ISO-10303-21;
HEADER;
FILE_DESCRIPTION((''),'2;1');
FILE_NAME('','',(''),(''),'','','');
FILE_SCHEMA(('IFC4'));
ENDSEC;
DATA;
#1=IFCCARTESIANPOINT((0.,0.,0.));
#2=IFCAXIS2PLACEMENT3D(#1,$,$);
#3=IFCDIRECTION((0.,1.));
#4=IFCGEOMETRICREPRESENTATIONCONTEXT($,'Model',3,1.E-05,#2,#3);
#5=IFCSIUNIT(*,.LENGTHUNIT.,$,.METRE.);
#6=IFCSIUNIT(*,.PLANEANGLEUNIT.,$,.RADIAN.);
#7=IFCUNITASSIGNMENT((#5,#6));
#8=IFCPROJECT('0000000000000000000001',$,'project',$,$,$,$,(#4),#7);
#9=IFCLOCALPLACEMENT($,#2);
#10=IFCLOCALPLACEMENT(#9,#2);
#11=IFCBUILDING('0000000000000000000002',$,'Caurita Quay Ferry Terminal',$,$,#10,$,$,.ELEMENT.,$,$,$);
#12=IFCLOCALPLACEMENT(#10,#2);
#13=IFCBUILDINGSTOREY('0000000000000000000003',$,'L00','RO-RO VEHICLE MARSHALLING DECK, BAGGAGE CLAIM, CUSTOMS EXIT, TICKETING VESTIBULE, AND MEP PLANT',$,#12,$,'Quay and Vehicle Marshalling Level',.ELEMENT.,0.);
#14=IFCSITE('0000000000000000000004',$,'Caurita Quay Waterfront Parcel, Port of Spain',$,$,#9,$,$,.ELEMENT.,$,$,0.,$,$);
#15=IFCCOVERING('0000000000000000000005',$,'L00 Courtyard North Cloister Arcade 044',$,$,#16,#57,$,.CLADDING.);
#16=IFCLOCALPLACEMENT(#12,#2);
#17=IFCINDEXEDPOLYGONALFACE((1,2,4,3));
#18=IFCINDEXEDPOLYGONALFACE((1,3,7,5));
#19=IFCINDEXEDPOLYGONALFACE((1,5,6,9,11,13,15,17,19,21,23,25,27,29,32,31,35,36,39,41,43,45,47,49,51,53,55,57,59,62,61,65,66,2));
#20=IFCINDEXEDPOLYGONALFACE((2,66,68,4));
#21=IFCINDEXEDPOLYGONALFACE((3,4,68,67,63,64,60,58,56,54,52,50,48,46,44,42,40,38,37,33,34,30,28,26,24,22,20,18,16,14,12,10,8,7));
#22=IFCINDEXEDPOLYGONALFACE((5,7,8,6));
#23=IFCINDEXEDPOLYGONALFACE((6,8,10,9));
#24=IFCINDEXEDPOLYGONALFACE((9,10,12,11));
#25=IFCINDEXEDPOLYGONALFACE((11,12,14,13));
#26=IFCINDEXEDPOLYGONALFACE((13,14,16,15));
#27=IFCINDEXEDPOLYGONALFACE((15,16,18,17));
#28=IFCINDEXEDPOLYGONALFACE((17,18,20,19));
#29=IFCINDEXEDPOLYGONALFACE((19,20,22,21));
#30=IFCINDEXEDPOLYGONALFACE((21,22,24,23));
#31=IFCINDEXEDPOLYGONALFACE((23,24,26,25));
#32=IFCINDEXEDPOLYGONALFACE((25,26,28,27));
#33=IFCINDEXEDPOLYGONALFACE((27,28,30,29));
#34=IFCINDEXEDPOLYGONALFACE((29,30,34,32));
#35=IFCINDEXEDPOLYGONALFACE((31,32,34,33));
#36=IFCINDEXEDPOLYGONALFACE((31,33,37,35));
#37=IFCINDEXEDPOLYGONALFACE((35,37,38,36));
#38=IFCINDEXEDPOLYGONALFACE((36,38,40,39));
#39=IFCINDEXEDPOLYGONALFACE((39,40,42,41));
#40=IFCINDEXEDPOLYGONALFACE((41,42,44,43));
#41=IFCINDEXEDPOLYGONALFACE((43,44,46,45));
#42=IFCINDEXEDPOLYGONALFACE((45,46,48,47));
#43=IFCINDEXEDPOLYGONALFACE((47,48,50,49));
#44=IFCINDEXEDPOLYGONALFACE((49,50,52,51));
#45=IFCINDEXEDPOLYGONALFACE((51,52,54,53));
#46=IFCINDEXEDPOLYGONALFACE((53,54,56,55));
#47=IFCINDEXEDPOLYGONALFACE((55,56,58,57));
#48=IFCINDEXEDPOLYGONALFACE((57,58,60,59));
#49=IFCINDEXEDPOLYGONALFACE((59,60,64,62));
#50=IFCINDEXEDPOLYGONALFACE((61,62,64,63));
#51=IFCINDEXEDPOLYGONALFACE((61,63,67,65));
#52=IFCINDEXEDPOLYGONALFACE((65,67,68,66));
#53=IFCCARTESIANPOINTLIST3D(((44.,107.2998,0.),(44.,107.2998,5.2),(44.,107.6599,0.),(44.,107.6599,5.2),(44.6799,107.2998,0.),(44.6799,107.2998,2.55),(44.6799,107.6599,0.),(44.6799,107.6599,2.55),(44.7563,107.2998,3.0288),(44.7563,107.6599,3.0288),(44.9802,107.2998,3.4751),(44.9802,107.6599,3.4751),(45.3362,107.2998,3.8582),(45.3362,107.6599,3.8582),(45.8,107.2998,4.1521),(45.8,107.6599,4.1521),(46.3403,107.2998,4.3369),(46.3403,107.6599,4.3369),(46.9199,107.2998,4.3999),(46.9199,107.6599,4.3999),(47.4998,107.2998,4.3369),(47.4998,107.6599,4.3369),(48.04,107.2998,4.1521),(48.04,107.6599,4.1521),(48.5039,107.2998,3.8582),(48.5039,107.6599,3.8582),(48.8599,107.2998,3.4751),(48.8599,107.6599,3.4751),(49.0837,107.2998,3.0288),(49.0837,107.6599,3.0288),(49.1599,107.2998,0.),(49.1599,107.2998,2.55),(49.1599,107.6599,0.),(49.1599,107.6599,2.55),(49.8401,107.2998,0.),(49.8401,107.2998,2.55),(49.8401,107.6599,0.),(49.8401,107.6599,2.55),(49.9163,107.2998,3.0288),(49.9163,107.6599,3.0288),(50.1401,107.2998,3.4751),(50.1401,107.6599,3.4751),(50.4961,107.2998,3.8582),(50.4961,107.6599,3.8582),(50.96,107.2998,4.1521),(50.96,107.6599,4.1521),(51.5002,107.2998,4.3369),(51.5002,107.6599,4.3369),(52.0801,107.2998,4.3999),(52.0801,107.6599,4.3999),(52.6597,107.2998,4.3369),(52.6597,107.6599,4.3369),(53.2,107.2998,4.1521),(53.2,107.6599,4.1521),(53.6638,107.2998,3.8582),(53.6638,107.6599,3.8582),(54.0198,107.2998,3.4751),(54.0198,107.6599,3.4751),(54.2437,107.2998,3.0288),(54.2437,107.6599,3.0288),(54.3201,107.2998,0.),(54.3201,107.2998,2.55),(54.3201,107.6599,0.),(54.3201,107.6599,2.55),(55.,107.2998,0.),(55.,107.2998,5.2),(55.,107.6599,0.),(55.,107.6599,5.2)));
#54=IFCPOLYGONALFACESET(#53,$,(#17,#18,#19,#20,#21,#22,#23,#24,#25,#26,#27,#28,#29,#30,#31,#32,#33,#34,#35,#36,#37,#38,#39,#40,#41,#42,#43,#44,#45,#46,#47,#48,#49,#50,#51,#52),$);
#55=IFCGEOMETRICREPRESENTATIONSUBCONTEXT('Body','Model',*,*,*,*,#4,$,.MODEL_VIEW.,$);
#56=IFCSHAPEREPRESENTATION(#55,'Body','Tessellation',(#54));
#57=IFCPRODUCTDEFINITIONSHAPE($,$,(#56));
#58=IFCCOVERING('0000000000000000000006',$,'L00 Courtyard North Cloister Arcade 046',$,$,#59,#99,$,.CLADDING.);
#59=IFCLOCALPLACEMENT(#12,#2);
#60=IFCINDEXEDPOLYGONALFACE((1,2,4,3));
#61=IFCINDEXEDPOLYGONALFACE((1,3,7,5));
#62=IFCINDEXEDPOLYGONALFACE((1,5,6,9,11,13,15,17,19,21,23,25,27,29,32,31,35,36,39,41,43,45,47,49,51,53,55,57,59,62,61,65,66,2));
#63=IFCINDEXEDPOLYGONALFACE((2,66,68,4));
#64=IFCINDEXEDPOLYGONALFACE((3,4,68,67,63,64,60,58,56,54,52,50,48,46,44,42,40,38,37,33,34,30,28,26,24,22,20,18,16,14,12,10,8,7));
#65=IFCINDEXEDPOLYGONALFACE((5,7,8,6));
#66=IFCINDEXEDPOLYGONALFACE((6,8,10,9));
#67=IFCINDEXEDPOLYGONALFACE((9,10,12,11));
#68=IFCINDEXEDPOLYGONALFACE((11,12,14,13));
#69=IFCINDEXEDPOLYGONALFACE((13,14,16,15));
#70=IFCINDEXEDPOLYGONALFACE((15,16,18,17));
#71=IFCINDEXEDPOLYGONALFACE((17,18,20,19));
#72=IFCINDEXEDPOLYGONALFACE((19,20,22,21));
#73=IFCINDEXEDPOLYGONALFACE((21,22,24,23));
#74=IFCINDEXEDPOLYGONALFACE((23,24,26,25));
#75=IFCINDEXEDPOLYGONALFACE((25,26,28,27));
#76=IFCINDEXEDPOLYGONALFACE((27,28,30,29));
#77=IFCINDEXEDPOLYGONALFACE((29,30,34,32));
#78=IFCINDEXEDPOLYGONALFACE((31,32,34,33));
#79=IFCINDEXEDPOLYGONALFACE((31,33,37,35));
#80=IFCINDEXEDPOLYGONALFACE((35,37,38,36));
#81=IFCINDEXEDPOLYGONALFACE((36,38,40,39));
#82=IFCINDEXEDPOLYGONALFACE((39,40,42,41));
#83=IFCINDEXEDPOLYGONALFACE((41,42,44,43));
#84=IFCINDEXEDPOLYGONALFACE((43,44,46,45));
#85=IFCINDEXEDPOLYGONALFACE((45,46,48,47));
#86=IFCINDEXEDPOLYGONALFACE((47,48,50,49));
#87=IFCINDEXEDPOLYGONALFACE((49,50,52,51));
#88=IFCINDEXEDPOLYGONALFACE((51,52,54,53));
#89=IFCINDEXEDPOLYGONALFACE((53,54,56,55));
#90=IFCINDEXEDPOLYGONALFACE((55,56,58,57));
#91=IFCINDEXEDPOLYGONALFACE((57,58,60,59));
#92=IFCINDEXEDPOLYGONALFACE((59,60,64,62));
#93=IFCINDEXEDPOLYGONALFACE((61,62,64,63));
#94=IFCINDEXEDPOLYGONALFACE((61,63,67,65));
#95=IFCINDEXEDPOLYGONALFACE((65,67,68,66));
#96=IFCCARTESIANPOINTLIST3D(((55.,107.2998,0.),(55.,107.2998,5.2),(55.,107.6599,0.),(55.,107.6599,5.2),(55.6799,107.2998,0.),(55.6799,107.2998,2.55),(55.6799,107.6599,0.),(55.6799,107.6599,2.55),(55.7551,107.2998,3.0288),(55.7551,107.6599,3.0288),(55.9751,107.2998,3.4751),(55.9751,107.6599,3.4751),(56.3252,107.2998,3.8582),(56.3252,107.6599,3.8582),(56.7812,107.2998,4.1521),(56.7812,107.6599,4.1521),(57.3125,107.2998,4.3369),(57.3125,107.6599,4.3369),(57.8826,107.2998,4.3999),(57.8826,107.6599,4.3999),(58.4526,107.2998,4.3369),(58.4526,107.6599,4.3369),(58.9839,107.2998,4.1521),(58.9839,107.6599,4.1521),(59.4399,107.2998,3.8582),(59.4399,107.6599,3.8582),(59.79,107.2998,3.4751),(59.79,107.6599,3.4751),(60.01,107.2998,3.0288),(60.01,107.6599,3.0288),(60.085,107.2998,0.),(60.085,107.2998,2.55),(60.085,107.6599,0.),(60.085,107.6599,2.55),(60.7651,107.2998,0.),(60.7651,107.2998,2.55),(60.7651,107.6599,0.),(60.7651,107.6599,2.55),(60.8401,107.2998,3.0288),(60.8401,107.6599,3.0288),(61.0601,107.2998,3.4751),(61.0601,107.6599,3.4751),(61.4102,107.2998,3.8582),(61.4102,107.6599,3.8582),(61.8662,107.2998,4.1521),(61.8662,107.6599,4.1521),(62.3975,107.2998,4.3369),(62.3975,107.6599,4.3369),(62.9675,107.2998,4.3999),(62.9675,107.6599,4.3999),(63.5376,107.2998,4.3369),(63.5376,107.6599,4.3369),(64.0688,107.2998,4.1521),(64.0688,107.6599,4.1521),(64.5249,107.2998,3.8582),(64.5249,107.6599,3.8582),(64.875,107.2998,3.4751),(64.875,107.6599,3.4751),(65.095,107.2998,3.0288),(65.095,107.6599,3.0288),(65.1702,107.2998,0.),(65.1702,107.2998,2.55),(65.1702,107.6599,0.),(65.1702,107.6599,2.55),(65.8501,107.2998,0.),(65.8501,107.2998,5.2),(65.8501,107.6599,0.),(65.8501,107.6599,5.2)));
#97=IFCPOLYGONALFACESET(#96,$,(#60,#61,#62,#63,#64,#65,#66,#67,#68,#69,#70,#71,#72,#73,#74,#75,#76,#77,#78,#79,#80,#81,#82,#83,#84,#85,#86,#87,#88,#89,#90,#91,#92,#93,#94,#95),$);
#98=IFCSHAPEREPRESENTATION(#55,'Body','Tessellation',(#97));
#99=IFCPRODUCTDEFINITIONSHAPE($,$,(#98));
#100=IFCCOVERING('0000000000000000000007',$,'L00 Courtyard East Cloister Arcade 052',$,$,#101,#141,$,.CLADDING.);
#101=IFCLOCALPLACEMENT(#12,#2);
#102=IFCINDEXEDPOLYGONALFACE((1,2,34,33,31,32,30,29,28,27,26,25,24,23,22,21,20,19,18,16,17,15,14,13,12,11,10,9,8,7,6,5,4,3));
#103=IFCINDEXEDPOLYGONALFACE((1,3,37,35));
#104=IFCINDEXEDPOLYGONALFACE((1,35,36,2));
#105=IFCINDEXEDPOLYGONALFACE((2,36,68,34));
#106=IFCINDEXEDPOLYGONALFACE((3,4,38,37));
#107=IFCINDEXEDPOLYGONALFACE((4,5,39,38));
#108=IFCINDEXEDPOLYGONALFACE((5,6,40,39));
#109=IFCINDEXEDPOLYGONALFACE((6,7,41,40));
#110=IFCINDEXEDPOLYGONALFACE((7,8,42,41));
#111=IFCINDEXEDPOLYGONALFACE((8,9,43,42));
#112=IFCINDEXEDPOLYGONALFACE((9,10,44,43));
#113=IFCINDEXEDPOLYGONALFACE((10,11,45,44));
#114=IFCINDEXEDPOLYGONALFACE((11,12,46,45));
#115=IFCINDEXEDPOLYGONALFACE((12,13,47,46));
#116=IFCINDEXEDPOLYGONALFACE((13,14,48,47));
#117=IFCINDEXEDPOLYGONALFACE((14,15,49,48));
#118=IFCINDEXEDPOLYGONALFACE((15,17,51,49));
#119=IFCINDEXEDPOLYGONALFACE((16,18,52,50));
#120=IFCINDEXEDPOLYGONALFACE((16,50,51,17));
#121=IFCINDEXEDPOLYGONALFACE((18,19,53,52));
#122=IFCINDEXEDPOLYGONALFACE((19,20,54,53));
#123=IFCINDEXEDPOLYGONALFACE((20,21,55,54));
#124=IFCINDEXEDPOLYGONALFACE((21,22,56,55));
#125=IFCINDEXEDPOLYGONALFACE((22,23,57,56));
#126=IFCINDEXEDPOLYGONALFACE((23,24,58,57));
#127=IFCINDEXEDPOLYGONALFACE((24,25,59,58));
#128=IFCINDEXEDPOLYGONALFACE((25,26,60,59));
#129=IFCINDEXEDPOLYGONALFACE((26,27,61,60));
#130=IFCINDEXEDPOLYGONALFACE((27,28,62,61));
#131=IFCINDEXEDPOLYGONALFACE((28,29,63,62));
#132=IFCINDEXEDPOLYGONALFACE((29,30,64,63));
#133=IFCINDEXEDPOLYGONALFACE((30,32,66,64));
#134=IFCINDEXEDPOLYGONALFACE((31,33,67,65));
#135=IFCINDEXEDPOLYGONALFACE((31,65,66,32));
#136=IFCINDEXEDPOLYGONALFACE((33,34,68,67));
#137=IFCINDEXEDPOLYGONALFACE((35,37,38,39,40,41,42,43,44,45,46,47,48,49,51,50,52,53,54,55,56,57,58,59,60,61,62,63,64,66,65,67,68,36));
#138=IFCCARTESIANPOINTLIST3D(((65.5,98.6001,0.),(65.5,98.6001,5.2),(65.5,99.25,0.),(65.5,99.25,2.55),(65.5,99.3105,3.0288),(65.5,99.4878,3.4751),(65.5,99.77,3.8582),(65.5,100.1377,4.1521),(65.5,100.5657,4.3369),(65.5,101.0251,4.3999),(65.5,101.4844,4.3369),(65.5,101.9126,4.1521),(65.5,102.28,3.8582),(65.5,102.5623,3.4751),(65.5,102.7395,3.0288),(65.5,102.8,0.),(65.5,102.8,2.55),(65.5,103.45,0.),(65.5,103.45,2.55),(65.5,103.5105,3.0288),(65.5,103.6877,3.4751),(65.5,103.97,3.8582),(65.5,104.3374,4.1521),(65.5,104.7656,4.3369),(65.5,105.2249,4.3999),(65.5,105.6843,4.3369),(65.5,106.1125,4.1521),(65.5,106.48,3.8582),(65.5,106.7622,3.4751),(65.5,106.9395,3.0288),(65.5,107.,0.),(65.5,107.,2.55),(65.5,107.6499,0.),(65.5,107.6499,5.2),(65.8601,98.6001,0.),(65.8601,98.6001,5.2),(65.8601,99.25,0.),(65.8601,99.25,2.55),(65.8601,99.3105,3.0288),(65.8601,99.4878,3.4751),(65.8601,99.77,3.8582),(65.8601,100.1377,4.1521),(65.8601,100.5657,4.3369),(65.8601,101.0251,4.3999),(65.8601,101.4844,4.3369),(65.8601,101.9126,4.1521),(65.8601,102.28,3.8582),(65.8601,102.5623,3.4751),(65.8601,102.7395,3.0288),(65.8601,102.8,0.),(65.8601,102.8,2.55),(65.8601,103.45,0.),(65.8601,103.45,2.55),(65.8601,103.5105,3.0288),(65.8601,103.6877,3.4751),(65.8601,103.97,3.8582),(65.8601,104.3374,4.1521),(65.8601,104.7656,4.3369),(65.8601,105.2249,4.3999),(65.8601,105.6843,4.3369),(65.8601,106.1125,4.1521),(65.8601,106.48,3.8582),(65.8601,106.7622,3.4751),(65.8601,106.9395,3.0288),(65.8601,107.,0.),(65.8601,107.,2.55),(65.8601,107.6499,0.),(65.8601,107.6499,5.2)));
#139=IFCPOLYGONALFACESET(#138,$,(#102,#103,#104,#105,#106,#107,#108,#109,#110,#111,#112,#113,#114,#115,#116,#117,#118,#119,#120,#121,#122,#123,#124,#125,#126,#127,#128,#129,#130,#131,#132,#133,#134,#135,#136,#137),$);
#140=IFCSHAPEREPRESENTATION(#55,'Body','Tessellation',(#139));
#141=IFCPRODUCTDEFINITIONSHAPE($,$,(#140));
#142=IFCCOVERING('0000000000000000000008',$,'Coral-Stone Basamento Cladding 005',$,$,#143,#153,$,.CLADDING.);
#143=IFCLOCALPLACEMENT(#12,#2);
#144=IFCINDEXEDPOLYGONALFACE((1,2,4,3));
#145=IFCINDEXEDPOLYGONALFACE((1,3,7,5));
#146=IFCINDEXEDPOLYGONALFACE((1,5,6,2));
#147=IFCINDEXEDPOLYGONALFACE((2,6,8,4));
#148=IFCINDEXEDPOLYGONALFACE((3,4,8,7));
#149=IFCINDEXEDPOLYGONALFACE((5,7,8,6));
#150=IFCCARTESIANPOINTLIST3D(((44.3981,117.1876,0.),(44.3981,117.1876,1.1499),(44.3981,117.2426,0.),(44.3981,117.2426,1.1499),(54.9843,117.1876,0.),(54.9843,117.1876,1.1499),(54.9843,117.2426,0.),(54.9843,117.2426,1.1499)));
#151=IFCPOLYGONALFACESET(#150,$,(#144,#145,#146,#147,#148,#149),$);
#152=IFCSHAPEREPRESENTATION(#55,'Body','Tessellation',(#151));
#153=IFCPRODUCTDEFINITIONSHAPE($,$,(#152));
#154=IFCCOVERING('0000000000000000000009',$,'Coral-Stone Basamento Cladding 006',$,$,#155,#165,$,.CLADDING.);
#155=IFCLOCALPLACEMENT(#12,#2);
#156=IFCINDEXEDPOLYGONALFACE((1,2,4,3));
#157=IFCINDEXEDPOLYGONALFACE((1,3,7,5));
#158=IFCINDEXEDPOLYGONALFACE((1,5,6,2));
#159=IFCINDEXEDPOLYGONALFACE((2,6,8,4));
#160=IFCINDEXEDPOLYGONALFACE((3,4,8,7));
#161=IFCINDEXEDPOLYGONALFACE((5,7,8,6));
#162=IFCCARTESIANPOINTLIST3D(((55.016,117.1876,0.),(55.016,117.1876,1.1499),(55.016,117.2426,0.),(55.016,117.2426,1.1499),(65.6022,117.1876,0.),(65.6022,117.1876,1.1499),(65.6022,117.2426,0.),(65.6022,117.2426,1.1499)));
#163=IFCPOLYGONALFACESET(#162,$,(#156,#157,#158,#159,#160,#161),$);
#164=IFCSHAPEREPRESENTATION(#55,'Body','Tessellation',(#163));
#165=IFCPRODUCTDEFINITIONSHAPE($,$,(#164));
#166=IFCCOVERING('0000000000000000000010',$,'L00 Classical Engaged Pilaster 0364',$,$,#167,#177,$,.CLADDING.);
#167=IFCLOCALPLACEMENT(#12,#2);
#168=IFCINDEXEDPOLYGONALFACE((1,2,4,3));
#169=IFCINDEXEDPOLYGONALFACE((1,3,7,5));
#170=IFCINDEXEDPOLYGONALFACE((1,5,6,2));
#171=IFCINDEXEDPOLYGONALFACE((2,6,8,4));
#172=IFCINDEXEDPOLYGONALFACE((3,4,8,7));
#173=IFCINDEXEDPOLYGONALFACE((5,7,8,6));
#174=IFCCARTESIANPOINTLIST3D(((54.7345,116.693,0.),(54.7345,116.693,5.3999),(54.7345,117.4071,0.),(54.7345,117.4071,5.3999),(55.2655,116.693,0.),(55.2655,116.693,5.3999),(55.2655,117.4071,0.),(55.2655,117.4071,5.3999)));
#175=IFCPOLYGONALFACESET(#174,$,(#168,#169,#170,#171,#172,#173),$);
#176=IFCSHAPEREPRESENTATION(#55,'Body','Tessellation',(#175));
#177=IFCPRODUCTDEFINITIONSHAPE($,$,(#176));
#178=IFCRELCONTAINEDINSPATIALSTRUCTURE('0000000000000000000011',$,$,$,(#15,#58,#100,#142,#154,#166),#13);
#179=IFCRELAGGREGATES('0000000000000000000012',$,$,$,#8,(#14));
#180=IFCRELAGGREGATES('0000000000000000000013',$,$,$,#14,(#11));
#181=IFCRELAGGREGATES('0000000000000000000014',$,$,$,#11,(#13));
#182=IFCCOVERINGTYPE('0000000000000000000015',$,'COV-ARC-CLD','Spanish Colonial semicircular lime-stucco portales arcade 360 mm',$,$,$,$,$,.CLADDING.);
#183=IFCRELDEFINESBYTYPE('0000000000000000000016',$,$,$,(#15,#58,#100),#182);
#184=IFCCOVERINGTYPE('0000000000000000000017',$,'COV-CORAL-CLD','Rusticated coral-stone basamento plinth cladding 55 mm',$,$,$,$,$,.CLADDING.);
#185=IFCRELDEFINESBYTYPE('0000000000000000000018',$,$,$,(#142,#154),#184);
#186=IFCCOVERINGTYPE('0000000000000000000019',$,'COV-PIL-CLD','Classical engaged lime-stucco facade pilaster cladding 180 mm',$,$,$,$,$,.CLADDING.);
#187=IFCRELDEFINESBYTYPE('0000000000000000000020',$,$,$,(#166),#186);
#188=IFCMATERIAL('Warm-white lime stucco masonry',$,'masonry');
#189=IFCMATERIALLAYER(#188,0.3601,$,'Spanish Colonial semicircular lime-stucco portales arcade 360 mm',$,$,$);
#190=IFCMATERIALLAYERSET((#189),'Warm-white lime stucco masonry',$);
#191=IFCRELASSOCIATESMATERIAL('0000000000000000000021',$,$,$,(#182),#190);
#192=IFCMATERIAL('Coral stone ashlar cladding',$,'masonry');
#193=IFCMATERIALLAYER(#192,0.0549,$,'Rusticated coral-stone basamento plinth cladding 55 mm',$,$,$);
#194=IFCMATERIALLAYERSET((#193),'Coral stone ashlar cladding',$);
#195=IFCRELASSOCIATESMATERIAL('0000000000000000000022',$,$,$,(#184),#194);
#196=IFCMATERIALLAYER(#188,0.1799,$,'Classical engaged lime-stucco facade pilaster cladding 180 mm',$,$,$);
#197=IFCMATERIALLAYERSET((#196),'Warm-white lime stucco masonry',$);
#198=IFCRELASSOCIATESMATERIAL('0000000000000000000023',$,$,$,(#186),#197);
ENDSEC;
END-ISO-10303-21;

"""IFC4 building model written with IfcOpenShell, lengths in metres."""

from ifc_helpers import new_model, si_unit, direction, frame, frame_2d, origin, origin_2d, place, context, subcontext, project, spatial, polyline, rectangle, outline, extrude, material, layer, layer_set, type_object, element, save


model = new_model("IFC4")

# Units and contexts
model_context = context("Model", 3, precision=1e-05, world=origin(), true_north=direction((0.0, 1.0)))
body_context = subcontext(model_context, "Body", "Model", "MODEL_VIEW")
ifc_project = project(units=[si_unit("LENGTHUNIT", "METRE"), si_unit("PLANEANGLEUNIT", "RADIAN")], contexts=[model_context])

# Site, building, storey
site_placement = place(None, origin())
site = spatial("IfcSite", under=ifc_project, at=site_placement, Name="Caurita Quay Waterfront Parcel, Port of Spain", CompositionType="ELEMENT", RefElevation=0.0)
building_placement = place(site_placement, origin())
building = spatial("IfcBuilding", under=site, at=building_placement, Name="Caurita Quay Ferry Terminal", CompositionType="ELEMENT")
storey_placement = place(building_placement, origin())
storey = spatial("IfcBuildingStorey", under=building, at=storey_placement, Name="L00", Description="RO-RO VEHICLE MARSHALLING DECK, BAGGAGE CLAIM, CUSTOMS EXIT, TICKETING VESTIBULE, AND MEP PLANT", LongName="Quay and Vehicle Marshalling Level", CompositionType="ELEMENT", Elevation=0.0)

# Shared definitions
ifc_material_1 = material(Name="Warm-white lime stucco masonry", Category="masonry")
ifc_material_2 = material(Name="Coral stone ashlar cladding", Category="masonry")

# Coverings
ifc_layer_1 = layer(ifc_material_1, 0.3601, Name="Spanish Colonial semicircular lime-stucco portales arcade 360 mm")
ifc_layer_set_1 = layer_set([ifc_layer_1], Name="Warm-white lime stucco masonry")
covering_type_1 = type_object("IfcCoveringType", Name="COV-ARC-CLD", Description="Spanish Colonial semicircular lime-stucco portales arcade 360 mm", PredefinedType="CLADDING", material=ifc_layer_set_1)
covering_1_placement = place(storey_placement, frame((55.0, 107.48, 0.0), z_axis=(0.0, 0.0, 1.0), x_axis=(-1.0, 0.0, 0.0)))
element("IfcCovering", 1, at=covering_1_placement, inside=storey, type_object=covering_type_1, Name="L00 Courtyard North Cloister Arcade 044", PredefinedType="CLADDING", context=body_context, shape_type="SweptSolid", body=[
    extrude(outline(polyline([(0.0, 0.0), (0.6799, 0.0), (0.6799, 2.55), (0.7563, 3.0288), (0.9802, 3.4751), (1.3362, 3.8582), (1.8, 4.1521), (2.3403, 4.3369), (2.9199, 4.3999), (3.4998, 4.3369), (4.04, 4.1521), (4.5039, 3.8582), (4.8599, 3.4751), (5.0837, 3.0288), (5.1599, 2.55), (5.1599, 0.0), (5.8401, 0.0), (5.8401, 2.55), (5.9163, 3.0288), (6.1401, 3.4751), (6.4961, 3.8582), (6.96, 4.1521), (7.5002, 4.3369), (8.0801, 4.3999), (8.6597, 4.3369), (9.2, 4.1521), (9.6638, 3.8582), (10.0198, 3.4751), (10.2437, 3.0288), (10.3201, 2.55), (10.3201, 0.0), (11.0, 0.0), (11.0, 5.2), (0.0, 5.2), (0.0, 0.0)])), frame((0.0, 0.1802, 0.0), z_axis=(0.0, -1.0, 0.0), x_axis=(1.0, 0.0, 0.0)), (0.0, 0.0, 1.0), 0.3601),
])
covering_2_placement = place(storey_placement, frame((65.8501, 107.48, 0.0), z_axis=(0.0, 0.0, 1.0), x_axis=(-1.0, 0.0, 0.0)))
element("IfcCovering", 2, at=covering_2_placement, inside=storey, type_object=covering_type_1, Name="L00 Courtyard North Cloister Arcade 046", PredefinedType="CLADDING", context=body_context, shape_type="SweptSolid", body=[
    extrude(outline(polyline([(0.0, 0.0), (0.6799, 0.0), (0.6799, 2.55), (0.7551, 3.0288), (0.9751, 3.4751), (1.3252, 3.8582), (1.7812, 4.1521), (2.3125, 4.3369), (2.8826, 4.3999), (3.4526, 4.3369), (3.9839, 4.1521), (4.4399, 3.8582), (4.79, 3.4751), (5.01, 3.0288), (5.085, 2.55), (5.085, 0.0), (5.7651, 0.0), (5.7651, 2.55), (5.8401, 3.0288), (6.0601, 3.4751), (6.4102, 3.8582), (6.8662, 4.1521), (7.3975, 4.3369), (7.9675, 4.3999), (8.5376, 4.3369), (9.0688, 4.1521), (9.5249, 3.8582), (9.875, 3.4751), (10.095, 3.0288), (10.1702, 2.55), (10.1702, 0.0), (10.8501, 0.0), (10.8501, 5.2), (0.0, 5.2), (0.0, 0.0)])), frame((0.0, 0.1802, 0.0), z_axis=(0.0, -1.0, 0.0), x_axis=(1.0, 0.0, 0.0)), (0.0, 0.0, 1.0), 0.3601),
])
covering_3_placement = place(storey_placement, frame((65.6799, 107.6499, 0.0), z_axis=(0.0, 0.0, 1.0), x_axis=(0.0, -1.0, 0.0)))
element("IfcCovering", 3, at=covering_3_placement, inside=storey, type_object=covering_type_1, Name="L00 Courtyard East Cloister Arcade 052", PredefinedType="CLADDING", context=body_context, shape_type="SweptSolid", body=[
    extrude(outline(polyline([(0.0, 0.0), (0.6499, 0.0), (0.6499, 2.55), (0.7104, 3.0288), (0.8877, 3.4751), (1.1699, 3.8582), (1.5374, 4.1521), (1.9656, 4.3369), (2.425, 4.3999), (2.8843, 4.3369), (3.3125, 4.1521), (3.6799, 3.8582), (3.9622, 3.4751), (4.1394, 3.0288), (4.2, 2.55), (4.2, 0.0), (4.8499, 0.0), (4.8499, 2.55), (4.9104, 3.0288), (5.0876, 3.4751), (5.3699, 3.8582), (5.7373, 4.1521), (6.1655, 4.3369), (6.6248, 4.3999), (7.0842, 4.3369), (7.5122, 4.1521), (7.8799, 3.8582), (8.1621, 3.4751), (8.3394, 3.0288), (8.3999, 2.55), (8.3999, 0.0), (9.0498, 0.0), (9.0498, 5.2), (0.0, 5.2), (0.0, 0.0)])), frame((0.0, 0.1802, 0.0), z_axis=(0.0, -1.0, 0.0), x_axis=(1.0, 0.0, 0.0)), (0.0, 0.0, 1.0), 0.3601),
])
ifc_layer_2 = layer(ifc_material_2, 0.0549, Name="Rusticated coral-stone basamento plinth cladding 55 mm")
ifc_layer_set_2 = layer_set([ifc_layer_2], Name="Coral stone ashlar cladding")
covering_type_2 = type_object("IfcCoveringType", Name="COV-CORAL-CLD", Description="Rusticated coral-stone basamento plinth cladding 55 mm", PredefinedType="CLADDING", material=ifc_layer_set_2)
for number, where, z_axis, x_axis, name in (
    (4, (54.9841, 117.2151, 0.0), (0.0, 0.0, 1.0), (-1.0, 0.0, 0.0), "Coral-Stone Basamento Cladding 005"),
    (5, (65.6021, 117.2151, 0.0), (0.0, 0.0, 1.0), (-1.0, 0.0, 0.0), "Coral-Stone Basamento Cladding 006"),
):
    element("IfcCovering", number, at=place(storey_placement, frame(where, z_axis=z_axis, x_axis=x_axis)), inside=storey, type_object=covering_type_2, Name=name, PredefinedType="CLADDING", context=body_context, shape_type="SweptSolid", body=[
        extrude(rectangle(XDim=10.5862, YDim=0.0549, at=frame_2d((5.293, 0.0))), origin(), (0.0, 0.0, 1.0), 1.1499),
    ])
ifc_layer_3 = layer(ifc_material_1, 0.1799, Name="Classical engaged lime-stucco facade pilaster cladding 180 mm")
ifc_layer_set_3 = layer_set([ifc_layer_3], Name="Warm-white lime stucco masonry")
covering_type_3 = type_object("IfcCoveringType", Name="COV-PIL-CLD", Description="Classical engaged lime-stucco facade pilaster cladding 180 mm", PredefinedType="CLADDING", material=ifc_layer_set_3)
covering_4_placement = place(storey_placement, frame((55.0, 117.05, 0.0), z_axis=(0.0, 0.0, 1.0), x_axis=(1.0, 0.0, 0.0)))
element("IfcCovering", 6, at=covering_4_placement, inside=storey, type_object=covering_type_3, Name="L00 Classical Engaged Pilaster 0364", PredefinedType="CLADDING", context=body_context, shape_type="SweptSolid", body=[
    extrude(rectangle(XDim=0.531, YDim=0.7141, at=origin_2d()), origin(), (0.0, 0.0, 1.0), 5.3999),
])

save(model, "model.ifc")
